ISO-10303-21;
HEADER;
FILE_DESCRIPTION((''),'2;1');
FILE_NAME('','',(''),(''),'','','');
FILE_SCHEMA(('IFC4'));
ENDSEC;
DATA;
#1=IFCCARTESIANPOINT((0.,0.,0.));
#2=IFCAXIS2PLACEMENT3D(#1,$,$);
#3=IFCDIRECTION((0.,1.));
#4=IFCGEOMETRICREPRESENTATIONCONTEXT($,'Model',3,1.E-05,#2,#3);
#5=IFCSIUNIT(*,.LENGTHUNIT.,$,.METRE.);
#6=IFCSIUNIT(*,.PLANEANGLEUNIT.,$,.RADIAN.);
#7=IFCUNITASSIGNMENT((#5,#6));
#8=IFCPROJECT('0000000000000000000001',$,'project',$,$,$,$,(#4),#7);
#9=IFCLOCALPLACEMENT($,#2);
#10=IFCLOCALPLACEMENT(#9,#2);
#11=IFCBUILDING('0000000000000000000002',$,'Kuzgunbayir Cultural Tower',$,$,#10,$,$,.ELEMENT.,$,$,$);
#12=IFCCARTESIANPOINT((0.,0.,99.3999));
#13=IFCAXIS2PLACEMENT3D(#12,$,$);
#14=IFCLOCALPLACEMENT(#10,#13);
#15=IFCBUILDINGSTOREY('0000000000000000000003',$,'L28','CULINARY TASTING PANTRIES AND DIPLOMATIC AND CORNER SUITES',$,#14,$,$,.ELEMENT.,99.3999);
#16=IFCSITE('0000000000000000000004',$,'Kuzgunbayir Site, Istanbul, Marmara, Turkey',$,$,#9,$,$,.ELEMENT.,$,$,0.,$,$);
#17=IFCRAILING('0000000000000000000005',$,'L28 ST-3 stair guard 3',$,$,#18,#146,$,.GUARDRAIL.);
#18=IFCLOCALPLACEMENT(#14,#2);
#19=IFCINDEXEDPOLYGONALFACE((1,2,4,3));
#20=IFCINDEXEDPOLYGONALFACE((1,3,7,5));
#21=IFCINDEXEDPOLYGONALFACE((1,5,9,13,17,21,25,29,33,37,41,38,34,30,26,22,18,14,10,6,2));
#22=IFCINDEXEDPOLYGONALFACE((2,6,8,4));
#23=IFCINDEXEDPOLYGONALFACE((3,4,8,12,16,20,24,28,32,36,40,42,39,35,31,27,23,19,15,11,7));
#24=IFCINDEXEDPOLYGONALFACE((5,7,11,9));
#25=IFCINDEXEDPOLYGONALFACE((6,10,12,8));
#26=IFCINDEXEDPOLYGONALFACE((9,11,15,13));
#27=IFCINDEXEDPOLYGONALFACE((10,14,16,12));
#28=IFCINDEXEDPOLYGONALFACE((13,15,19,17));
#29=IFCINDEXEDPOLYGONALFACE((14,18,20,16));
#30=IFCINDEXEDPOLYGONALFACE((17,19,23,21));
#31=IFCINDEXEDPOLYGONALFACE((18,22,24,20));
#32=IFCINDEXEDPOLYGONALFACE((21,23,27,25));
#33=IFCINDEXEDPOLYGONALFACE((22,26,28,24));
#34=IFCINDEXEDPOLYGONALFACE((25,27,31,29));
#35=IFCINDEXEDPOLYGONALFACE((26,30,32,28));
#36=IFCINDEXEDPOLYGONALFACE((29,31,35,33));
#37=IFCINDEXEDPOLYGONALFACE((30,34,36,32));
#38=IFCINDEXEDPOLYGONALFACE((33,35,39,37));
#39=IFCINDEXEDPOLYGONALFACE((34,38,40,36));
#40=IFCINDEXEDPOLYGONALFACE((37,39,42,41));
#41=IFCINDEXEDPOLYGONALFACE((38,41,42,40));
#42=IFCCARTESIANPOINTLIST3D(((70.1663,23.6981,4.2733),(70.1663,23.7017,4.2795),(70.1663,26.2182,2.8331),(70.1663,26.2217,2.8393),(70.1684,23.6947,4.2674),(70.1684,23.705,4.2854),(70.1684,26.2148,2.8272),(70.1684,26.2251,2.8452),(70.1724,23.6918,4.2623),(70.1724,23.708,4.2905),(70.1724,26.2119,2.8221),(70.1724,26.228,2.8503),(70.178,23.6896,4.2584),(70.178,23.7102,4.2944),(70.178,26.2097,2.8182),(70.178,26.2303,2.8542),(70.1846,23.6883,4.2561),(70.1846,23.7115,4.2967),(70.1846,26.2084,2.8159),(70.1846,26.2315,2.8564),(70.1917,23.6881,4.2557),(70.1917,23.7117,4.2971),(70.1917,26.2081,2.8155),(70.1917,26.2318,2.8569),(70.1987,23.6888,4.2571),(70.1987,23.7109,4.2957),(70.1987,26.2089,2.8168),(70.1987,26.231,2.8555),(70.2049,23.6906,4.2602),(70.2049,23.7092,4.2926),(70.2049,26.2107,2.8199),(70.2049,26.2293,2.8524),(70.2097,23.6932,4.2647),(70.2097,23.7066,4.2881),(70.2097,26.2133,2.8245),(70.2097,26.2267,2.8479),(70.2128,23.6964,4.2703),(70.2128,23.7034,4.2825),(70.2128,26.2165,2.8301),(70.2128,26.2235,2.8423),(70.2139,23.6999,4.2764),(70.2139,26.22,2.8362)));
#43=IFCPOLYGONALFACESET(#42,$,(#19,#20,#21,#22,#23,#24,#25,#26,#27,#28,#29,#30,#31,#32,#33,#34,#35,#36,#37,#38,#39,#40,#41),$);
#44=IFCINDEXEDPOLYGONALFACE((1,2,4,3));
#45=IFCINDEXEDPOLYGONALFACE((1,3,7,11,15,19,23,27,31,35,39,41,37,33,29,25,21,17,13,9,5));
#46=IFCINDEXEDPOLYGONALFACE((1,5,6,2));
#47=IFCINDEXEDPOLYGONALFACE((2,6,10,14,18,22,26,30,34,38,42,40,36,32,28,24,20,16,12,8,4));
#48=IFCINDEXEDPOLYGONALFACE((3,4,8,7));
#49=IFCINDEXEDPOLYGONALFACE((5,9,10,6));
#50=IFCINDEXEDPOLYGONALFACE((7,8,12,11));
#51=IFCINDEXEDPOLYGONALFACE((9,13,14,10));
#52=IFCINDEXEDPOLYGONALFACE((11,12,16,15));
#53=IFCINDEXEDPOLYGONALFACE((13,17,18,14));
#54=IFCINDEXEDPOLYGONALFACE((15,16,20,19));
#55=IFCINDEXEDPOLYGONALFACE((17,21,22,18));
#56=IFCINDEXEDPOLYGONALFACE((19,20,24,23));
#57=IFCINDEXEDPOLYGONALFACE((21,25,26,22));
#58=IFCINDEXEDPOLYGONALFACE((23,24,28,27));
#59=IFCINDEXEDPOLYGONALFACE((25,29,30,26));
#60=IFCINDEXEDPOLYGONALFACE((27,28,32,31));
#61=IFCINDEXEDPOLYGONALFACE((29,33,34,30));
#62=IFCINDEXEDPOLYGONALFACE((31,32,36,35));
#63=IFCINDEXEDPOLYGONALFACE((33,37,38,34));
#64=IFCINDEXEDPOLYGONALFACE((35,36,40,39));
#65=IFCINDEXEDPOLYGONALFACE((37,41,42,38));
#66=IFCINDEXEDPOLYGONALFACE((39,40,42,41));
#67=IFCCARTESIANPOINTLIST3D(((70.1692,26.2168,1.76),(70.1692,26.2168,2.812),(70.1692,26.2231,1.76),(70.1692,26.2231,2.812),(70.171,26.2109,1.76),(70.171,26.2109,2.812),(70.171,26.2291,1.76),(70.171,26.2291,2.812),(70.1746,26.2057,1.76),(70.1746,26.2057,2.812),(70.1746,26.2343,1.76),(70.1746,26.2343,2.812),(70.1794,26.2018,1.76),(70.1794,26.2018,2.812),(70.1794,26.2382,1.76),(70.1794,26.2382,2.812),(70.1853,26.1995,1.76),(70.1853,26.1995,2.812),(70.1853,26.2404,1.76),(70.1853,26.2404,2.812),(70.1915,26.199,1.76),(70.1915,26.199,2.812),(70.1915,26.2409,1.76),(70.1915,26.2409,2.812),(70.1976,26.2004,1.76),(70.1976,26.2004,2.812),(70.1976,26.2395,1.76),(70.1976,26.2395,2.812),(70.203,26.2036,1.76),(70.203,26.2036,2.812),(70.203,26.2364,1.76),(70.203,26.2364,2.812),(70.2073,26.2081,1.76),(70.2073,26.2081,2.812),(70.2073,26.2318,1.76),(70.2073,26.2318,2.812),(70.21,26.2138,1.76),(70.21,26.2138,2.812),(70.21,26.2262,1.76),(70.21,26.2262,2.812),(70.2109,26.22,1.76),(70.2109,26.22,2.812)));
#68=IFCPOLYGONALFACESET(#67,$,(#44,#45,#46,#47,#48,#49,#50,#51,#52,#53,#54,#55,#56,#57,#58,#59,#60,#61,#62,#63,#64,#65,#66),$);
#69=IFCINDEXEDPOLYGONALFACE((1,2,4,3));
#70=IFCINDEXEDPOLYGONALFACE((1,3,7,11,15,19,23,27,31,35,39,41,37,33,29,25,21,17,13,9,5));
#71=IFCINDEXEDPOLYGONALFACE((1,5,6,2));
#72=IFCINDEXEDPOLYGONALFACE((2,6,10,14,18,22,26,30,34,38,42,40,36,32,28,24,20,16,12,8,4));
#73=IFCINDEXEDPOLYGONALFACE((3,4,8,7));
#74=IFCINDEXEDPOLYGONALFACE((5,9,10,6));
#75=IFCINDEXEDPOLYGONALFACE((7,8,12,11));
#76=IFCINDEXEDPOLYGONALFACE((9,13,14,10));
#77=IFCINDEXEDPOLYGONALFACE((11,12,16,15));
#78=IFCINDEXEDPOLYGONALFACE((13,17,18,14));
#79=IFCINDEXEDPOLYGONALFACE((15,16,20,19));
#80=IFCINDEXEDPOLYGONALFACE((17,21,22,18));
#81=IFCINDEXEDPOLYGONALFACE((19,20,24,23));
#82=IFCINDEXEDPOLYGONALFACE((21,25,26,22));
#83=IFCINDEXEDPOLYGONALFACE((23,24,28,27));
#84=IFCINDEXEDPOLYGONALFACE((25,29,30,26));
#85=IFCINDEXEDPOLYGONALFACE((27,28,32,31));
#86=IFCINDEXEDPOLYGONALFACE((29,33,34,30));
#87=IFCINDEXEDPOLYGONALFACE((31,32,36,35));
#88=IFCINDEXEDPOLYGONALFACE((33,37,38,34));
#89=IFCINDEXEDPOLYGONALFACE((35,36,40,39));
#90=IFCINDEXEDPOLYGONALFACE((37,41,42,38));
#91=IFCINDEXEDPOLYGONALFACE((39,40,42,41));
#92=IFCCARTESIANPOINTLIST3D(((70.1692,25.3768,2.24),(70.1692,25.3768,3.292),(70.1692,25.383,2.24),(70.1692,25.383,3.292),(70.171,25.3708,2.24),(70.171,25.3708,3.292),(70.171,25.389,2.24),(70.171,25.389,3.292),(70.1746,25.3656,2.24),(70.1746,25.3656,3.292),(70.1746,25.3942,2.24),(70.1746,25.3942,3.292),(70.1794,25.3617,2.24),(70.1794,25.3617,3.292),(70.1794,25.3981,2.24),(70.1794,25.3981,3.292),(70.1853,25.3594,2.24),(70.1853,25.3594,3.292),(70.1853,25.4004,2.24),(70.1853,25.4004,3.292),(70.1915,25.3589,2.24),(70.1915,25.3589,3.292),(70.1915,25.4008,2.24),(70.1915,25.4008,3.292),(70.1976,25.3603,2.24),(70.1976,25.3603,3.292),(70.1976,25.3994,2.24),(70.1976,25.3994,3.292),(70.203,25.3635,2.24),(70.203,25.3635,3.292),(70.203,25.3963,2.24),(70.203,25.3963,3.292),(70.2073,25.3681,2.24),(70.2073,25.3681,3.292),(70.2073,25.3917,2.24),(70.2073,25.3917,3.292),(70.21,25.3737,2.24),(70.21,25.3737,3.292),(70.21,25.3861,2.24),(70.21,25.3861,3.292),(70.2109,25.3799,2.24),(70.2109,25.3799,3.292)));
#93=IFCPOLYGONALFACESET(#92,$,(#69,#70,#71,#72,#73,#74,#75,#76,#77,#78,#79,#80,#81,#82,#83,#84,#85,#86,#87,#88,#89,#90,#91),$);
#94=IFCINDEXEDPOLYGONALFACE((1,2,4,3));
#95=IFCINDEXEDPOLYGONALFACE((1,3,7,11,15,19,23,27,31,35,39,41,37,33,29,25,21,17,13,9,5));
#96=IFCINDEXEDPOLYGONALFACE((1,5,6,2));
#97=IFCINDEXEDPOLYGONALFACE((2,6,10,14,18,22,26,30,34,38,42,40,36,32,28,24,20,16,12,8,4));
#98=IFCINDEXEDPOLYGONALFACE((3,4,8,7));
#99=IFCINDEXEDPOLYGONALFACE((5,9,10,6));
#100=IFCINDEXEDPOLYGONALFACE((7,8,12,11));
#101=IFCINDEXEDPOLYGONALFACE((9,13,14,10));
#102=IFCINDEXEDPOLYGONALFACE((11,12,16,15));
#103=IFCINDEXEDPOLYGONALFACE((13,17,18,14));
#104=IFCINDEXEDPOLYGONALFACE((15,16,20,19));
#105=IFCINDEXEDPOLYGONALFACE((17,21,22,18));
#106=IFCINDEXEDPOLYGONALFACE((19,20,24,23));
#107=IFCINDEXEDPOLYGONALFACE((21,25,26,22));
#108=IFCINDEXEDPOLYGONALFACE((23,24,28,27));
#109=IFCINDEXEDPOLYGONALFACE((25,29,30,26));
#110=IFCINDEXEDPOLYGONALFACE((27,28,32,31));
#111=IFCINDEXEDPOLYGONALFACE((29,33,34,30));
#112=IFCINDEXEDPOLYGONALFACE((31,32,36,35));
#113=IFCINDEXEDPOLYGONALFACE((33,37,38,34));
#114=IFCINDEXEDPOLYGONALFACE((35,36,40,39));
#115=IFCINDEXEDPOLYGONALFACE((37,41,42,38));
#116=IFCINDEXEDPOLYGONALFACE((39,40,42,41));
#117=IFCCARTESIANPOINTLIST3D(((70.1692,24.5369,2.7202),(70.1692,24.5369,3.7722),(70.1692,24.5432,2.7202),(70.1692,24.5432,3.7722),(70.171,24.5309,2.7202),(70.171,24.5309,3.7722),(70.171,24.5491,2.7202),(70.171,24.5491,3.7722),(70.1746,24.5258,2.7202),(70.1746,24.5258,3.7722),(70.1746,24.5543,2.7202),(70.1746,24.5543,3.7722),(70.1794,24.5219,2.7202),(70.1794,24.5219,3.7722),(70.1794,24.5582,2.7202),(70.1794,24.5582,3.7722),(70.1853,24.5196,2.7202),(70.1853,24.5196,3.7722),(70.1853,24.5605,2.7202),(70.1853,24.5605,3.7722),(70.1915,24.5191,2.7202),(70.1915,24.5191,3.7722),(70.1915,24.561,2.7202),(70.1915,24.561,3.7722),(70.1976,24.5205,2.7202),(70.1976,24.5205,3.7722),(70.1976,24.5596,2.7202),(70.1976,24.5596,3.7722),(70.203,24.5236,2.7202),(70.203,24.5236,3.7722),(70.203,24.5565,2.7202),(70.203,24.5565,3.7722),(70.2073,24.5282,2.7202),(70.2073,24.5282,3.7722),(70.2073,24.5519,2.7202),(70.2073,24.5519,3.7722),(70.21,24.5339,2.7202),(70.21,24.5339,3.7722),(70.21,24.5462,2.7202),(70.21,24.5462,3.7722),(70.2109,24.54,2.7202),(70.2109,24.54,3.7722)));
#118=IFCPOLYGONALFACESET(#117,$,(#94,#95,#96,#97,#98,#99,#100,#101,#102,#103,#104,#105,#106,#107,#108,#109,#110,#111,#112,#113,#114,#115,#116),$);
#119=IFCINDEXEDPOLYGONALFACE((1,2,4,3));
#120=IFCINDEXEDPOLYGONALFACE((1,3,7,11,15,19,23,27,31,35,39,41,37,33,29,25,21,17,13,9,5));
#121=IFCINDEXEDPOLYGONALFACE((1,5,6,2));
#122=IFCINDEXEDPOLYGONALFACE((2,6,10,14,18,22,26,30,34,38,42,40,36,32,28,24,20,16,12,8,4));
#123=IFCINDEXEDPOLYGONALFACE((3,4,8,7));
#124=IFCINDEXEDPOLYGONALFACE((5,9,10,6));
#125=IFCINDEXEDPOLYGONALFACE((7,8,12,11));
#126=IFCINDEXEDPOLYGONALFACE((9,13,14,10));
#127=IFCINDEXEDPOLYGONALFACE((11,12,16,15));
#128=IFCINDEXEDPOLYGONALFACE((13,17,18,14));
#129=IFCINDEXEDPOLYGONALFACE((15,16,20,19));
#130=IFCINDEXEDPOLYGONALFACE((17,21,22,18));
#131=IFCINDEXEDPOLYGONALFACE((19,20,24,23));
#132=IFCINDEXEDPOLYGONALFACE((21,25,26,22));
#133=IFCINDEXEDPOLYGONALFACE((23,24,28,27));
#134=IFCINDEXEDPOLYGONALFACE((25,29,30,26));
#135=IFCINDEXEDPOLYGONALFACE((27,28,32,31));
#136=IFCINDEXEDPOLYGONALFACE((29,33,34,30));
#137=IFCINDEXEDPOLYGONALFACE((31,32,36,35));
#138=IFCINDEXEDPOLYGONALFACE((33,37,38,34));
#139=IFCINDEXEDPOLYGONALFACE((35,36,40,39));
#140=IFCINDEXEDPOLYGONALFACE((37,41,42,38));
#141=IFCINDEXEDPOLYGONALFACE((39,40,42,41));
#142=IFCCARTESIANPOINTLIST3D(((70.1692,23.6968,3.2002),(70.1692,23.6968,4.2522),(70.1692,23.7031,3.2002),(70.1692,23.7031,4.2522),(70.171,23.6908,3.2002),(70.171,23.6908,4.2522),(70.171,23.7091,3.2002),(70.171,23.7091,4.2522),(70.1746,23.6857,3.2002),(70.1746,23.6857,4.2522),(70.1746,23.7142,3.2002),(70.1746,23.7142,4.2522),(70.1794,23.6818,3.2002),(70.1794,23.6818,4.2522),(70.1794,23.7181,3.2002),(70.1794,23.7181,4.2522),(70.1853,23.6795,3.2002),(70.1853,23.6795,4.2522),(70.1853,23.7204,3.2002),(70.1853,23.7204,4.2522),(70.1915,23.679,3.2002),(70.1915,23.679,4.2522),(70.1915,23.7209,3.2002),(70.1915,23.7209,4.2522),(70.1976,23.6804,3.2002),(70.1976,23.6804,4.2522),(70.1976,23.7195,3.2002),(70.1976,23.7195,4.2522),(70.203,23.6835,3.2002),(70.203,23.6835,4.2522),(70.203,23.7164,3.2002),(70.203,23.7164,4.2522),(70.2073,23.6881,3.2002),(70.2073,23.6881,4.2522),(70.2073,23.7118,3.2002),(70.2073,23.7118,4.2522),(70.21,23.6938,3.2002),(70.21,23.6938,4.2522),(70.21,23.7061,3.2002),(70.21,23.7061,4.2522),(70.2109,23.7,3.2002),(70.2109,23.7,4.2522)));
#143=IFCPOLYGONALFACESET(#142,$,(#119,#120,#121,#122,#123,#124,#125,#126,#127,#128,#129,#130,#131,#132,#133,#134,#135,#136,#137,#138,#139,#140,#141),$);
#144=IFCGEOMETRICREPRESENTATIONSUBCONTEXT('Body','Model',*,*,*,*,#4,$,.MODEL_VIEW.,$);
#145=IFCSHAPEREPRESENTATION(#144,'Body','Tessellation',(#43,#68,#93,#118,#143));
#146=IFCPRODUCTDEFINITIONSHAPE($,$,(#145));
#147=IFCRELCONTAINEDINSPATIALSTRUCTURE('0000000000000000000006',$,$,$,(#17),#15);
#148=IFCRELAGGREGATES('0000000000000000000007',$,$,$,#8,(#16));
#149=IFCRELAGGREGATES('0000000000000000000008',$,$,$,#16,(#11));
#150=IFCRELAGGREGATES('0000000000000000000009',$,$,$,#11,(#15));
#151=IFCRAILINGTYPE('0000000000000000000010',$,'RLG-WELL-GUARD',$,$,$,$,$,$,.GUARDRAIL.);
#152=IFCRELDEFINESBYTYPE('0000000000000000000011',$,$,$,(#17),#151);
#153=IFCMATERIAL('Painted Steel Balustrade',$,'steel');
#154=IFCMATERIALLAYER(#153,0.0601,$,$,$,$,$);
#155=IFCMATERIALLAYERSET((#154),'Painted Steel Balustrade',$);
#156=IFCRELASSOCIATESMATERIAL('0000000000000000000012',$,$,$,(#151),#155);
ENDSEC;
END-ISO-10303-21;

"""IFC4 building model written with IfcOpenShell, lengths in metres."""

from ifc_helpers import new_model, si_unit, direction, frame, origin, origin_2d, place, context, subcontext, project, spatial, circle, extrude, material, layer, layer_set, type_object, element, save


model = new_model("IFC4")

# Units and contexts
model_context = context("Model", 3, precision=1e-05, world=origin(), true_north=direction((0.0, 1.0)))
body_context = subcontext(model_context, "Body", "Model", "MODEL_VIEW")
ifc_project = project(units=[si_unit("LENGTHUNIT", "METRE"), si_unit("PLANEANGLEUNIT", "RADIAN")], contexts=[model_context])

# Site, building, storey
site_placement = place(None, origin())
site = spatial("IfcSite", under=ifc_project, at=site_placement, Name="Kuzgunbayir Site, Istanbul, Marmara, Turkey", CompositionType="ELEMENT", RefElevation=0.0)
building_placement = place(site_placement, origin())
building = spatial("IfcBuilding", under=site, at=building_placement, Name="Kuzgunbayir Cultural Tower", CompositionType="ELEMENT")
storey_placement = place(building_placement, frame((0.0, 0.0, 99.3999)))
storey = spatial("IfcBuildingStorey", under=building, at=storey_placement, Name="L28", Description="CULINARY TASTING PANTRIES AND DIPLOMATIC AND CORNER SUITES", CompositionType="ELEMENT", Elevation=99.3999)

# Railing
ifc_material_1 = material(Name="Painted Steel Balustrade", Category="steel")
ifc_layer_1 = layer(ifc_material_1, 0.0601)
ifc_layer_set_1 = layer_set([ifc_layer_1], Name="Painted Steel Balustrade")
railing_type_1 = type_object("IfcRailingType", Name="RLG-WELL-GUARD", PredefinedType="GUARDRAIL", material=ifc_layer_set_1)
railing_1_placement = place(storey_placement, frame((70.1899, 26.22, 1.76)))
element("IfcRailing", 1, at=railing_1_placement, inside=storey, type_object=railing_type_1, Name="L28 ST-3 stair guard 3", PredefinedType="GUARDRAIL", context=body_context, shape_type="SweptSolid", body=[
    extrude(circle(Radius=0.0239, at=origin_2d()), frame((0.0, 0.0, 1.0762), z_axis=(0.0, -0.868217, 0.496184), x_axis=(1.0, 0.0, 0.0)), (0.0, 0.0, 1.0), 2.9026),
    extrude(circle(Radius=0.021, at=origin_2d()), origin(), (0.0, 0.0, 1.0), 1.052),
    extrude(circle(Radius=0.021, at=origin_2d()), frame((0.0, -0.8401, 0.48)), (0.0, 0.0, 1.0), 1.052),
    extrude(circle(Radius=0.021, at=origin_2d()), frame((0.0, -1.6799, 0.9602)), (0.0, 0.0, 1.0), 1.052),
    extrude(circle(Radius=0.021, at=origin_2d()), frame((0.0, -2.52, 1.4402)), (0.0, 0.0, 1.0), 1.052),
])

save(model, "model.ifc")
